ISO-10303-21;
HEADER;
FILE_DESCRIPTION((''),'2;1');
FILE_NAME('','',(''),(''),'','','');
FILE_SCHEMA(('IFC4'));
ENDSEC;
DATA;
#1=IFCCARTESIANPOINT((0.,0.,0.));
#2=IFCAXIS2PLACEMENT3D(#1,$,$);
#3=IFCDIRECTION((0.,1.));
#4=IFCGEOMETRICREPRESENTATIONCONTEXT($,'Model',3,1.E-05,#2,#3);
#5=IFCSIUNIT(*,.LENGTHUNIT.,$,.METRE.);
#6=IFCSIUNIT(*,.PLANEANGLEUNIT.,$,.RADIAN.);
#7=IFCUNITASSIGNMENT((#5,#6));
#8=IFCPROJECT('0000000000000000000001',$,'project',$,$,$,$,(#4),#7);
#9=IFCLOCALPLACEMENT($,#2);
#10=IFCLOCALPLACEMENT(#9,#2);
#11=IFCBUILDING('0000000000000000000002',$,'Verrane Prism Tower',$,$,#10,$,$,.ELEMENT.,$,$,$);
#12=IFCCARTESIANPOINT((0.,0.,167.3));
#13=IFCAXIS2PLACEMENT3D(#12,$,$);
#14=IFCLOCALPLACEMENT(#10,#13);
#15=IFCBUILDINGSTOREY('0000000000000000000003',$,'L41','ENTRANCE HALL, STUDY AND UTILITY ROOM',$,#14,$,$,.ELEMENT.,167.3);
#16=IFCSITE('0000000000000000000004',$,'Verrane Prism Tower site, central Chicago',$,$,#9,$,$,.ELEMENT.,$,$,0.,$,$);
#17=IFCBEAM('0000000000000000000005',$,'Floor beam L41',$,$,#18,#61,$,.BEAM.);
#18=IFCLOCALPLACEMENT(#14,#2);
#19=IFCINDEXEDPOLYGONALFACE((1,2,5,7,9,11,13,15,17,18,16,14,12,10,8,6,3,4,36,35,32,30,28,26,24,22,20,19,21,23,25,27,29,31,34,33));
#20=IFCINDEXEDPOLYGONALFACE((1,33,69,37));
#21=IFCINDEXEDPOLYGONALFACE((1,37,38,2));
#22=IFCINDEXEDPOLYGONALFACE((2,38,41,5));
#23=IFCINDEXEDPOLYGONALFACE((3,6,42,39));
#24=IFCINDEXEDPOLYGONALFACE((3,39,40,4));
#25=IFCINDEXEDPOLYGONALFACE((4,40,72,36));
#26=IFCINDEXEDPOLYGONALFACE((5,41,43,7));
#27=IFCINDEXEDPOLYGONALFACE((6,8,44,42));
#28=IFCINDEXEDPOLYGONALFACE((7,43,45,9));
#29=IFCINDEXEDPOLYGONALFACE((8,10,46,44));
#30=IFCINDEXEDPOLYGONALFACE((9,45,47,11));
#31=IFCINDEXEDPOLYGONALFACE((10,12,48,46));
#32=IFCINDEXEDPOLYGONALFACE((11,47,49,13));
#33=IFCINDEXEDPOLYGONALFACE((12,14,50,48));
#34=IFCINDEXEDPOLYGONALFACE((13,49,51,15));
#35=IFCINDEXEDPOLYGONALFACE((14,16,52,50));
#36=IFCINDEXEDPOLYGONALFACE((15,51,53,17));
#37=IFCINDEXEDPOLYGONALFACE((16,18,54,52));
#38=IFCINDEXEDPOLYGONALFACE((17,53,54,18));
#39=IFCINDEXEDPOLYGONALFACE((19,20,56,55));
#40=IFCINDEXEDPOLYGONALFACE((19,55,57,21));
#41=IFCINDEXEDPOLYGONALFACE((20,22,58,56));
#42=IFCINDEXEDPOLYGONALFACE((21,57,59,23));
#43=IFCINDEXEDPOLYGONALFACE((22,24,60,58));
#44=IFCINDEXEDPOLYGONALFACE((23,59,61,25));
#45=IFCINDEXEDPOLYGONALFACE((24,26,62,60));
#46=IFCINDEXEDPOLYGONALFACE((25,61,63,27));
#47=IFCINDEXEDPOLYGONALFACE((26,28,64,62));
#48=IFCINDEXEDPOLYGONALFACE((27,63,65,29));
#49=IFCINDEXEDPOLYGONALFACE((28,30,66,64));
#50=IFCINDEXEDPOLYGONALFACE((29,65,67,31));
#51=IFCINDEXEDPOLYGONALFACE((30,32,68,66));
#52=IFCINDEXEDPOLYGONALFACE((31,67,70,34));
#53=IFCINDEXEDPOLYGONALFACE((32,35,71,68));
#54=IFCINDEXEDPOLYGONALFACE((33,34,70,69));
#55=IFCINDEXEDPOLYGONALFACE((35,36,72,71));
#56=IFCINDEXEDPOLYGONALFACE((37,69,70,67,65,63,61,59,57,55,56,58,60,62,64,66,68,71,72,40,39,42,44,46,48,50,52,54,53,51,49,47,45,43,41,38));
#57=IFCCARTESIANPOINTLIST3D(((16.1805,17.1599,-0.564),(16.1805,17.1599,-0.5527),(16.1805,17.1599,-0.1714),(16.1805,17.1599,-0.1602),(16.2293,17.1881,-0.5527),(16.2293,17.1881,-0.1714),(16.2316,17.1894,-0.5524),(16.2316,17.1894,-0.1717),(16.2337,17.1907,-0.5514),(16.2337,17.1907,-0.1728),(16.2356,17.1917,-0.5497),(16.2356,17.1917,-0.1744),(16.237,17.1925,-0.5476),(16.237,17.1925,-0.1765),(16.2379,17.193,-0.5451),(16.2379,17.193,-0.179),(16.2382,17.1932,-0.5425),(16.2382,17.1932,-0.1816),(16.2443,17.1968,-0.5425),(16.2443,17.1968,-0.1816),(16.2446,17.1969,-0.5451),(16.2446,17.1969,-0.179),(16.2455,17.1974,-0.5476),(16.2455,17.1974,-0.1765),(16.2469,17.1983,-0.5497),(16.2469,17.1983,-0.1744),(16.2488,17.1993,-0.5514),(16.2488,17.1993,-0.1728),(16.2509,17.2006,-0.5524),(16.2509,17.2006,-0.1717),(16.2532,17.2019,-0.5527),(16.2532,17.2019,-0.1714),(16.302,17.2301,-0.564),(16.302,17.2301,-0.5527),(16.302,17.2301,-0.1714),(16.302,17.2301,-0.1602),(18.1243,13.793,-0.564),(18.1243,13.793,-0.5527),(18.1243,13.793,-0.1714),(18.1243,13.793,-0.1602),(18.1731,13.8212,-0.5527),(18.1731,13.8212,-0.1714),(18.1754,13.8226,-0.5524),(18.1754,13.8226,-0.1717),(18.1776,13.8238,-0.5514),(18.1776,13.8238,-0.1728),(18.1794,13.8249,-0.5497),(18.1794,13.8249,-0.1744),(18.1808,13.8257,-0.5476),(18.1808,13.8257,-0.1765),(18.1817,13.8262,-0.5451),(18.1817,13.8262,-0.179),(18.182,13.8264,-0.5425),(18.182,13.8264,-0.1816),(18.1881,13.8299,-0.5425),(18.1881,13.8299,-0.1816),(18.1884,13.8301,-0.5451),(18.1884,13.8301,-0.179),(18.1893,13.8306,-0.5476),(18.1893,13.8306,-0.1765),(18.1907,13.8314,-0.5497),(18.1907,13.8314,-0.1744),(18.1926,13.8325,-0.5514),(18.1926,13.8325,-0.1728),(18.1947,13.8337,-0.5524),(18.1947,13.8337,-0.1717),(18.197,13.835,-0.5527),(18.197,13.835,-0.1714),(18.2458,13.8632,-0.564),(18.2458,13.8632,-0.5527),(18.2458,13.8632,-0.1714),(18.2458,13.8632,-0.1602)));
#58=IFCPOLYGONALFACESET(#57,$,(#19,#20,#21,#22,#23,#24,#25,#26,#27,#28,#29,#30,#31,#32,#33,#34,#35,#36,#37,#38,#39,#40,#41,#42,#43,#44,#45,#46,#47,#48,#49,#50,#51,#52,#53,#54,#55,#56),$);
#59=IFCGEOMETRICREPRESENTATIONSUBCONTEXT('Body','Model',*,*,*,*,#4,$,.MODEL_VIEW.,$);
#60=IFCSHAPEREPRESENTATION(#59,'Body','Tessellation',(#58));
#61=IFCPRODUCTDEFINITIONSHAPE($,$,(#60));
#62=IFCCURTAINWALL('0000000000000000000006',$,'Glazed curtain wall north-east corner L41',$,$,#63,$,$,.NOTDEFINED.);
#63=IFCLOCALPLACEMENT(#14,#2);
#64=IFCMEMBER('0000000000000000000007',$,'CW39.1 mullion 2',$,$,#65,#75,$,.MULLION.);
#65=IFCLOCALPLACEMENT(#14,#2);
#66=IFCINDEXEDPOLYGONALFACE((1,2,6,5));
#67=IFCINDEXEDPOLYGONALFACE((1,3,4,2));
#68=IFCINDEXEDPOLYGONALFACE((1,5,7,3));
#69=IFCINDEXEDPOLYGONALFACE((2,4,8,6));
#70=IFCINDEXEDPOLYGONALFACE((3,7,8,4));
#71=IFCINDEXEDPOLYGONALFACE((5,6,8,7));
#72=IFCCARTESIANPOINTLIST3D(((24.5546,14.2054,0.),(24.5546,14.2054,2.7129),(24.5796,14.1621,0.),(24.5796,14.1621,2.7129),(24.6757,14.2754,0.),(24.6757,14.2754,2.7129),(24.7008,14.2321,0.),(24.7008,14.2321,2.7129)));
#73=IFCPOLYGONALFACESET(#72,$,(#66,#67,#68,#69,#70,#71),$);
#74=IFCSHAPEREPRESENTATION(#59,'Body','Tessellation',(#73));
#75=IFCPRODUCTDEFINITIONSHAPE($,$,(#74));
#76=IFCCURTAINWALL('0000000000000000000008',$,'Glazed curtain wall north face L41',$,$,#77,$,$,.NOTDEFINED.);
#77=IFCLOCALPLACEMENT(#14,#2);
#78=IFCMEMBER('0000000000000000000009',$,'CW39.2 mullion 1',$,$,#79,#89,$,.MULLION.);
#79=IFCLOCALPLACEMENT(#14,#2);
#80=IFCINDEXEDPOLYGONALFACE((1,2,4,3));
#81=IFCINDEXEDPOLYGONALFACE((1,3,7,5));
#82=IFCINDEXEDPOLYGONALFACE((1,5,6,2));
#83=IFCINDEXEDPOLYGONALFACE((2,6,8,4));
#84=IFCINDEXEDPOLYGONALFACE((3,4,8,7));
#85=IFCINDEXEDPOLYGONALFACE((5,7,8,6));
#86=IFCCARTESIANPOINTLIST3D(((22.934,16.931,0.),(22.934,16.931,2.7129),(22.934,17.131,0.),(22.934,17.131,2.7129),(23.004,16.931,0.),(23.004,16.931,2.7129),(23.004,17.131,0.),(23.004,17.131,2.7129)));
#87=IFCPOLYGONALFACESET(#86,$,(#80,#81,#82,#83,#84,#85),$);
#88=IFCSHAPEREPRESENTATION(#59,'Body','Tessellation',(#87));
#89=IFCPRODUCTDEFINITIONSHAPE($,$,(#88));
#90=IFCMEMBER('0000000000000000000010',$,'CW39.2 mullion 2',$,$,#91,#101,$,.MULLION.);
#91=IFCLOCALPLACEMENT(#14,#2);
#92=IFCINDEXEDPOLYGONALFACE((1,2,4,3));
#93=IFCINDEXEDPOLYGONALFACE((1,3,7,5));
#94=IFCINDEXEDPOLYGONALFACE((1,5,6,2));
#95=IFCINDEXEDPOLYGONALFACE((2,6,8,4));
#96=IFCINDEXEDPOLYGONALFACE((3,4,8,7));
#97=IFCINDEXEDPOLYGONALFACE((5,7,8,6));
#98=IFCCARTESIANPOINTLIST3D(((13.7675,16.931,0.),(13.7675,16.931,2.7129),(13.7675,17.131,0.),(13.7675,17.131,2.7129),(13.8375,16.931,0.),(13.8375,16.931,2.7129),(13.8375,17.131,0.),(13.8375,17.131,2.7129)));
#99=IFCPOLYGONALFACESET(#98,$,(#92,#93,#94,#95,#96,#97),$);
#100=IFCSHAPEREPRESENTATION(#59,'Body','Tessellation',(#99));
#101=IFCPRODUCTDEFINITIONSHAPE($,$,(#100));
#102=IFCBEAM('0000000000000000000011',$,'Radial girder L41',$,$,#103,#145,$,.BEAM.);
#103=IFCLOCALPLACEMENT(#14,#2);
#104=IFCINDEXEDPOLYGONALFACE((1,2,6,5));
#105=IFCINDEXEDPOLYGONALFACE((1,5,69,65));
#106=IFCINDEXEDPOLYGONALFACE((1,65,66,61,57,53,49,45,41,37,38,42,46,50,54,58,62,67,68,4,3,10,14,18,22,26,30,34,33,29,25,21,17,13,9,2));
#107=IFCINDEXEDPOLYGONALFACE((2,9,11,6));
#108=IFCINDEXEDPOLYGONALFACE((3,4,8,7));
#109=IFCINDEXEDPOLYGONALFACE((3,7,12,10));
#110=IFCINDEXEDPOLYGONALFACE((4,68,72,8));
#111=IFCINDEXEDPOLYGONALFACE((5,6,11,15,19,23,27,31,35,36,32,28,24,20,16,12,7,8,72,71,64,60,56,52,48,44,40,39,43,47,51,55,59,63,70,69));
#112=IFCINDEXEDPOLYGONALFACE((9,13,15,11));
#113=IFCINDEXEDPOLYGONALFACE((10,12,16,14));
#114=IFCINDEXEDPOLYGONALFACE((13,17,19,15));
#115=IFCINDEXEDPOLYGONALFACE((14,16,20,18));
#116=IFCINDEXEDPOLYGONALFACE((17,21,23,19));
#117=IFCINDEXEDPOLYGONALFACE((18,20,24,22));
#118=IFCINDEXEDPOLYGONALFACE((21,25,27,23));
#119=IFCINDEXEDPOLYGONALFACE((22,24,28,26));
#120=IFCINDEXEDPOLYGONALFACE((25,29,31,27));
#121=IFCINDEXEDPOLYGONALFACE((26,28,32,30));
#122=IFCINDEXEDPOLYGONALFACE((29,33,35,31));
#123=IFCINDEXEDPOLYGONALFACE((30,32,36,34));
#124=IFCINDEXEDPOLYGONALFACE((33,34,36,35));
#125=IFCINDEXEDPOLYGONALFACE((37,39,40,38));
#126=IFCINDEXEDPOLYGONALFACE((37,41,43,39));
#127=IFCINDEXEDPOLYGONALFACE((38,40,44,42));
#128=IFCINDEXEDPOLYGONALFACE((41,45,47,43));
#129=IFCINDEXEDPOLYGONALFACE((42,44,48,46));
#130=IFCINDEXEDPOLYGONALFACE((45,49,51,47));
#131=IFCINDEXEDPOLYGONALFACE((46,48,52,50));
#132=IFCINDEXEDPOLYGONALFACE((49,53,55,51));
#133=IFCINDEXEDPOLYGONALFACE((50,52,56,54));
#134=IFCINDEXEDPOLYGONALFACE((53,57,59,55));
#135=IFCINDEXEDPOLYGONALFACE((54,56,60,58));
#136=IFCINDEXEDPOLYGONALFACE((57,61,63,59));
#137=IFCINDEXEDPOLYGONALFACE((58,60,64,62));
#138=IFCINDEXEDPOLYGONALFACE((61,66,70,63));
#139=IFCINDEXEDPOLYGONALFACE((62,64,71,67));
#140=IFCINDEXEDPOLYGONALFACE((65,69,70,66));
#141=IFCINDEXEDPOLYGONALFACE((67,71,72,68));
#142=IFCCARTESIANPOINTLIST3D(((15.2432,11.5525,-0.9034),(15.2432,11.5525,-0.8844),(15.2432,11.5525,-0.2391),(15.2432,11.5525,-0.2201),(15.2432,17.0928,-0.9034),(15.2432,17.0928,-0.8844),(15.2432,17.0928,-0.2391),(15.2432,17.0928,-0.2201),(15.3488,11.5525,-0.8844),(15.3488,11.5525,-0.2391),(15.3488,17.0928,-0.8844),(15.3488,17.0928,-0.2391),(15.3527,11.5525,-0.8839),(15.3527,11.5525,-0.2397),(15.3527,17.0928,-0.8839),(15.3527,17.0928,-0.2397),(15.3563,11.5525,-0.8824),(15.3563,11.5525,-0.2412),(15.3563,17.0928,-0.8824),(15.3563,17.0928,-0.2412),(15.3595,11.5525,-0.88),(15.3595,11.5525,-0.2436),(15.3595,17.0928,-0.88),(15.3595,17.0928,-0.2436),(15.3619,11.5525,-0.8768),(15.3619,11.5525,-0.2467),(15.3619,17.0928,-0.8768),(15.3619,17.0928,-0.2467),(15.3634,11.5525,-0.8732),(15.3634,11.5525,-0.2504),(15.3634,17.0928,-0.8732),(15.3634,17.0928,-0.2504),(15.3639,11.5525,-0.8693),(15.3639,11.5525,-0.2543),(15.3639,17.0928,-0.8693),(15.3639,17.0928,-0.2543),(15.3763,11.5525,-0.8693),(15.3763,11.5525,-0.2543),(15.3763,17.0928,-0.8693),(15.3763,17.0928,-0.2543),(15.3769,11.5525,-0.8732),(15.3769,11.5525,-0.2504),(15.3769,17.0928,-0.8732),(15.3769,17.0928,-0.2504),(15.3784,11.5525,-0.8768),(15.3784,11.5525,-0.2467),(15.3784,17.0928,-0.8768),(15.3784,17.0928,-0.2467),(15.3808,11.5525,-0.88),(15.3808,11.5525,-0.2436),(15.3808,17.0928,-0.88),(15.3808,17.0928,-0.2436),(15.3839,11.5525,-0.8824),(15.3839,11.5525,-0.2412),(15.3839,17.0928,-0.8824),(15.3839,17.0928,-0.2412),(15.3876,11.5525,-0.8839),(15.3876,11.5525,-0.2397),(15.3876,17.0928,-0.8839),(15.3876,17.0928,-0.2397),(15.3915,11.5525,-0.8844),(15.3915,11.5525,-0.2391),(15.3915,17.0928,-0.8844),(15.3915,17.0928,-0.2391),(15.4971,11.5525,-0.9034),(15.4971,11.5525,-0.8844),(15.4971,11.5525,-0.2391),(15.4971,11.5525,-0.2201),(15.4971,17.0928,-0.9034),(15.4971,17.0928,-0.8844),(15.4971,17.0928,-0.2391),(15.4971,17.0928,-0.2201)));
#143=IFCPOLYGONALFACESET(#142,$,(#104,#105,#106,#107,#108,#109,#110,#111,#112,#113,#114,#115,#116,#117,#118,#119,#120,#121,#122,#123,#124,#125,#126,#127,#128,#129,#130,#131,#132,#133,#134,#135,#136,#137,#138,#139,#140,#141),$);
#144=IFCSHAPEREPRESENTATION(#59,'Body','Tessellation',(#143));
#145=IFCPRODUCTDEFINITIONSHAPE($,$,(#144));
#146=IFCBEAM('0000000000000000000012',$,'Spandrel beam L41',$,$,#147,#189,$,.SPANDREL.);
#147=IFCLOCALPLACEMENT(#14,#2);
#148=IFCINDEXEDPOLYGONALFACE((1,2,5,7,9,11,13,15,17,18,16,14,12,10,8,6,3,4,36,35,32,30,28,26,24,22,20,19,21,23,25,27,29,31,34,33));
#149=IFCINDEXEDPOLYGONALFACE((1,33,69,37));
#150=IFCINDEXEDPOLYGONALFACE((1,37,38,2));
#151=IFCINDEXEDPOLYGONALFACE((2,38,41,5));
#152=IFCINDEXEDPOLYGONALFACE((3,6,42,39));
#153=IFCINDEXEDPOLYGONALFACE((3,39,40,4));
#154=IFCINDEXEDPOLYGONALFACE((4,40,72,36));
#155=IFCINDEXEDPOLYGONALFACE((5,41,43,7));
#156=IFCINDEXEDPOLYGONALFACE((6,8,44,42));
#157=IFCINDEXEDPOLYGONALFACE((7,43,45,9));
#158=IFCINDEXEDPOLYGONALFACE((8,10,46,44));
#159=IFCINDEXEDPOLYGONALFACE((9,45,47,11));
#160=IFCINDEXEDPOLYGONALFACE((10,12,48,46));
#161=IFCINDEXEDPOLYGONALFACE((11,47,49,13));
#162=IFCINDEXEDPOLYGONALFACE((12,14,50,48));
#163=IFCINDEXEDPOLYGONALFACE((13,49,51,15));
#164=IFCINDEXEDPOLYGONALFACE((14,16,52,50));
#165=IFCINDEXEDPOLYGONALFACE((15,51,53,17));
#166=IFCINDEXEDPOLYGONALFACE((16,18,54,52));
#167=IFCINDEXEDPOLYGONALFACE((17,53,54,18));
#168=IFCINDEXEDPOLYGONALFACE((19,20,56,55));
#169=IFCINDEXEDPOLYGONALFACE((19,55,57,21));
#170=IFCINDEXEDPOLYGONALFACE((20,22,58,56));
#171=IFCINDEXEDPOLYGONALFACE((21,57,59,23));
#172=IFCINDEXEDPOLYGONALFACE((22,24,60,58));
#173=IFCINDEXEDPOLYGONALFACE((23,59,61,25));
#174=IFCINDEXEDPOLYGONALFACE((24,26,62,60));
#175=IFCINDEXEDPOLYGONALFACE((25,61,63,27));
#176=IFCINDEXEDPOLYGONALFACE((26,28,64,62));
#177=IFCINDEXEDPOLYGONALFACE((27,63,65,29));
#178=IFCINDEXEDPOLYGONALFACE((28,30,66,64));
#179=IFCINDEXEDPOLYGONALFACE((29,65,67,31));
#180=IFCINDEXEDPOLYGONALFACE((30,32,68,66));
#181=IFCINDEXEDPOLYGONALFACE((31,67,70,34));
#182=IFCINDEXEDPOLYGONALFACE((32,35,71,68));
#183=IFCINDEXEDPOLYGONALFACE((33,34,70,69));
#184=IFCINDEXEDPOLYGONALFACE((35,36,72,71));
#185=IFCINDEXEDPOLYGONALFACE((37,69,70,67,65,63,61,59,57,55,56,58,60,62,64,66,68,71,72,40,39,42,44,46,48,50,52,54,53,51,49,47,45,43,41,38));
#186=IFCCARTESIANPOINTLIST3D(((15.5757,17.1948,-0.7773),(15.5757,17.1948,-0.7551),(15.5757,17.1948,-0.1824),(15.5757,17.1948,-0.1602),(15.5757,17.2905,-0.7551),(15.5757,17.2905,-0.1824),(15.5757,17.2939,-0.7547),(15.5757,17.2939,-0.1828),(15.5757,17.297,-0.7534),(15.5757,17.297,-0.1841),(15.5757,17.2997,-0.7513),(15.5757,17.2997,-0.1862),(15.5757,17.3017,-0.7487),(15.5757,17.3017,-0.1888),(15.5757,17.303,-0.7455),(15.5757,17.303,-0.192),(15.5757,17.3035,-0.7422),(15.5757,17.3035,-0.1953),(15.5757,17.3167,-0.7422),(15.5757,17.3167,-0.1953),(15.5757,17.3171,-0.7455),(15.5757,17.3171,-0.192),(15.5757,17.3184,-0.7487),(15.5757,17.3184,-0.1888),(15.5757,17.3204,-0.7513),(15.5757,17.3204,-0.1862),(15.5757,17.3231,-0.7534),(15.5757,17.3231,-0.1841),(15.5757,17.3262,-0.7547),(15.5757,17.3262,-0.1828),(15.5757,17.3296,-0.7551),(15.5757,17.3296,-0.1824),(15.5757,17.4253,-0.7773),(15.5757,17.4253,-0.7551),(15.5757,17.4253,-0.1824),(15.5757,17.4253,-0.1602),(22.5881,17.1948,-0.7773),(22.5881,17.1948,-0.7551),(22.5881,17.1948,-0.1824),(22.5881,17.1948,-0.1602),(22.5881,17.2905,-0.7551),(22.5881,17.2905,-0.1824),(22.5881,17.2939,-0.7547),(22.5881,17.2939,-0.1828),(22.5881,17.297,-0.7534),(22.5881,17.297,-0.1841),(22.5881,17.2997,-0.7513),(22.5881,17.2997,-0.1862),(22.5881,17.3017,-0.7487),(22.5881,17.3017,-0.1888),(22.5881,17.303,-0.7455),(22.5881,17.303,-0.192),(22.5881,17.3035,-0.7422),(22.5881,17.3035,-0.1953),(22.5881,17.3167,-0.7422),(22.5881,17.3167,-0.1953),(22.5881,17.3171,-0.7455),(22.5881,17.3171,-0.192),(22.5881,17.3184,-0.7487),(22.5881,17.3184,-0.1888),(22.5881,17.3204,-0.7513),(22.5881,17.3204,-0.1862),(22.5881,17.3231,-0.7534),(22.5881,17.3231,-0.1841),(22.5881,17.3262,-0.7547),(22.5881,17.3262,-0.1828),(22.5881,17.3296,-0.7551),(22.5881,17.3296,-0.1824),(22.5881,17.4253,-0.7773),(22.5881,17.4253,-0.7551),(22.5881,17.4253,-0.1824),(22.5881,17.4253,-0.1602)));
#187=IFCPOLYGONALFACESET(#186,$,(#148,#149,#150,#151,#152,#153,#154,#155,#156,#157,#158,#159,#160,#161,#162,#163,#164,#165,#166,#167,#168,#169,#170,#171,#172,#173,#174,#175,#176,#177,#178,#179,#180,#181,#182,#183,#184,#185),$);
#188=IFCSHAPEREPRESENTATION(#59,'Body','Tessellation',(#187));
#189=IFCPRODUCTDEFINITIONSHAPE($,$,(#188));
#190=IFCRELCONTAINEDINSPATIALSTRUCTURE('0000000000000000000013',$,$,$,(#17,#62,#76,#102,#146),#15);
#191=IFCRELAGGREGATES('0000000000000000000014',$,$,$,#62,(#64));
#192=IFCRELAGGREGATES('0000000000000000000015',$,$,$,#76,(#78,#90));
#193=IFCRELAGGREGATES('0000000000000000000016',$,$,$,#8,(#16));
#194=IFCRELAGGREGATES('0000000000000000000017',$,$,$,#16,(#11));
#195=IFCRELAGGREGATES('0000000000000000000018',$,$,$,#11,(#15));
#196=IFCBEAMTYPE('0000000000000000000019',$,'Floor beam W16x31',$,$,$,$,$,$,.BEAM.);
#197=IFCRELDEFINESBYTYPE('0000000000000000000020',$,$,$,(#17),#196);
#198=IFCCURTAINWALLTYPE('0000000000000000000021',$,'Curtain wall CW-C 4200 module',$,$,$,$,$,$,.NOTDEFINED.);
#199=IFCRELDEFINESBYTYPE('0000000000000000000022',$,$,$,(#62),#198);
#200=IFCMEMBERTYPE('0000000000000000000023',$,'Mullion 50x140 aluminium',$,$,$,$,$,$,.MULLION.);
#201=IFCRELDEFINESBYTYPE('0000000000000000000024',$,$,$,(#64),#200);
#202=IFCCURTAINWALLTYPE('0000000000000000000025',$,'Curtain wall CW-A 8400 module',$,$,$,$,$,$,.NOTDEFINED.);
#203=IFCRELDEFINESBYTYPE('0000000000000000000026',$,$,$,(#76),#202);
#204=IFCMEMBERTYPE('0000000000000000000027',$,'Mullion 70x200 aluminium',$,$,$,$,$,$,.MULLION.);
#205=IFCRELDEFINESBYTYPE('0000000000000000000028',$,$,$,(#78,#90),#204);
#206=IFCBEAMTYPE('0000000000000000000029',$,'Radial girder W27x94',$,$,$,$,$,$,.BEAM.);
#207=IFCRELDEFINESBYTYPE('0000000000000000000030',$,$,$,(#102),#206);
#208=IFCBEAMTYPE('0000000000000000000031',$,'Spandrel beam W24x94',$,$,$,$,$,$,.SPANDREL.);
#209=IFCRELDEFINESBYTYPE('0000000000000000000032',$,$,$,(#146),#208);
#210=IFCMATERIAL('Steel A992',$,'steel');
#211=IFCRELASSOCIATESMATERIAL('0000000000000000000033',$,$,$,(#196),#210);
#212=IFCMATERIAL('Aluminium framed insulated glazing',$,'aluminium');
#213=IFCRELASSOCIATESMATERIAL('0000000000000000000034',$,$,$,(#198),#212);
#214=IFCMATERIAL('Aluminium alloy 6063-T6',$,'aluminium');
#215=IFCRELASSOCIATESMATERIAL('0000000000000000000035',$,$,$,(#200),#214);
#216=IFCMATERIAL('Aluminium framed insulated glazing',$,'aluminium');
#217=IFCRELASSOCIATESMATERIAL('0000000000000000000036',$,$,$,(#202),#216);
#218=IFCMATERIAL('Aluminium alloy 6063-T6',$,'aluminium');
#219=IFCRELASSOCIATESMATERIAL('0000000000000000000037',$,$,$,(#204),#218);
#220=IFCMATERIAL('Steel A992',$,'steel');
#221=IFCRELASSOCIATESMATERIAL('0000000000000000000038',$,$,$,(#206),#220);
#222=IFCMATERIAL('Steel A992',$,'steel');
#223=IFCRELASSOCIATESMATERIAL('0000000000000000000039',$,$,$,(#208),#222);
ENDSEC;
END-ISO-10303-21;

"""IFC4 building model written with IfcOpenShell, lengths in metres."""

from ifc_helpers import new_model, si_unit, direction, frame, origin, origin_2d, place, context, subcontext, project, spatial, rectangle, i_section, extrude, material, material_profile, profile_set, type_object, element, aggregate, save


model = new_model("IFC4")

# Units and contexts
model_context = context("Model", 3, precision=1e-05, world=origin(), true_north=direction((0.0, 1.0)))
body_context = subcontext(model_context, "Body", "Model", "MODEL_VIEW")
ifc_project = project(units=[si_unit("LENGTHUNIT", "METRE"), si_unit("PLANEANGLEUNIT", "RADIAN")], contexts=[model_context])

# Site, building, storey
site_placement = place(None, origin())
site = spatial("IfcSite", under=ifc_project, at=site_placement, Name="Verrane Prism Tower site, central Chicago", CompositionType="ELEMENT", RefElevation=0.0)
building_placement = place(site_placement, origin())
building = spatial("IfcBuilding", under=site, at=building_placement, Name="Verrane Prism Tower", CompositionType="ELEMENT")
storey_placement = place(building_placement, frame((0.0, 0.0, 167.3)))
storey = spatial("IfcBuildingStorey", under=building, at=storey_placement, Name="L41", Description="ENTRANCE HALL, STUDY AND UTILITY ROOM", CompositionType="ELEMENT", Elevation=167.3)

# Beam
ifc_material_1 = material(Name="Steel A992", Category="steel")
ifc_material_profile_1 = material_profile(ifc_material_1, i_section(OverallWidth=0.1404, OverallDepth=0.4038, WebThickness=0.0071, FlangeThickness=0.0112, FilletRadius=0.0103, at=origin_2d()), Name="W16x31")
ifc_profile_set_1 = profile_set([ifc_material_profile_1], Name="Steel A992")
beam_type_1 = type_object("IfcBeamType", Name="Floor beam W16x31", PredefinedType="BEAM", material=ifc_profile_set_1)
beam_1_placement = place(storey_placement, frame((18.1851, 13.8281, -0.3621), z_axis=(-0.499989, 0.866032, 0.0), x_axis=(-0.866032, -0.499989, 0.0)))
element("IfcBeam", 1, at=beam_1_placement, inside=storey, type_object=beam_type_1, Name="Floor beam L41", PredefinedType="BEAM", context=body_context, shape_type="SweptSolid", body=[
    extrude(i_section(OverallWidth=0.1404, OverallDepth=0.4038, WebThickness=0.0071, FlangeThickness=0.0112, FilletRadius=0.0103, at=origin_2d()), origin(), (0.0, 0.0, 1.0), 3.8877),
])

# Curtain wall, member
ifc_material_2 = material(Name="Aluminium framed insulated glazing", Category="aluminium")
curtain_wall_type_1 = type_object("IfcCurtainWallType", Name="Curtain wall CW-C 4200 module", PredefinedType="NOTDEFINED", material=ifc_material_2)
curtain_wall_1_placement = place(storey_placement, origin())
curtain_wall_1 = element("IfcCurtainWall", 2, at=curtain_wall_1_placement, inside=storey, type_object=curtain_wall_type_1, Name="Glazed curtain wall north-east corner L41", PredefinedType="NOTDEFINED")
ifc_material_3 = material(Name="Aluminium alloy 6063-T6", Category="aluminium")
ifc_material_profile_2 = material_profile(ifc_material_3, rectangle(XDim=0.1399, YDim=0.05, at=origin_2d()), Name="Mullion 50x140 aluminium")
ifc_profile_set_2 = profile_set([ifc_material_profile_2], Name="Aluminium alloy 6063-T6")
member_type_1 = type_object("IfcMemberType", Name="Mullion 50x140 aluminium", PredefinedType="MULLION", material=ifc_profile_set_2)
member_1_placement = place(storey_placement, frame((24.6277, 14.2188, 0.0), z_axis=(0.0, 0.0, 1.0), x_axis=(-0.866022, -0.500006, 0.0)))
member_1 = element("IfcMember", 3, at=member_1_placement, type_object=member_type_1, Name="CW39.1 mullion 2", PredefinedType="MULLION", context=body_context, shape_type="SweptSolid", body=[
    extrude(rectangle(XDim=0.1399, YDim=0.05, at=origin_2d()), origin(), (0.0, 0.0, 1.0), 2.7129),
])

# Curtain wall, members
ifc_material_4 = material(Name="Aluminium framed insulated glazing", Category="aluminium")
curtain_wall_type_2 = type_object("IfcCurtainWallType", Name="Curtain wall CW-A 8400 module", PredefinedType="NOTDEFINED", material=ifc_material_4)
curtain_wall_2_placement = place(storey_placement, origin())
curtain_wall_2 = element("IfcCurtainWall", 4, at=curtain_wall_2_placement, inside=storey, type_object=curtain_wall_type_2, Name="Glazed curtain wall north face L41", PredefinedType="NOTDEFINED")
ifc_material_5 = material(Name="Aluminium alloy 6063-T6", Category="aluminium")
ifc_material_profile_3 = material_profile(ifc_material_5, rectangle(XDim=0.2, YDim=0.0701, at=origin_2d()), Name="Mullion 70x200 aluminium")
ifc_profile_set_3 = profile_set([ifc_material_profile_3], Name="Aluminium alloy 6063-T6")
member_type_2 = type_object("IfcMemberType", Name="Mullion 70x200 aluminium", PredefinedType="MULLION", material=ifc_profile_set_3)
member_2_placement = place(storey_placement, frame((22.969, 17.031, 0.0), z_axis=(0.0, 0.0, 1.0), x_axis=(0.0, -1.0, 0.0)))
member_2 = element("IfcMember", 5, at=member_2_placement, type_object=member_type_2, Name="CW39.2 mullion 1", PredefinedType="MULLION", context=body_context, shape_type="SweptSolid", body=[
    extrude(rectangle(XDim=0.2, YDim=0.0701, at=origin_2d()), origin(), (0.0, 0.0, 1.0), 2.7129),
])
member_3_placement = place(storey_placement, frame((13.8025, 17.031, 0.0), z_axis=(0.0, 0.0, 1.0), x_axis=(0.0, -1.0, 0.0)))
member_3 = element("IfcMember", 6, at=member_3_placement, type_object=member_type_2, Name="CW39.2 mullion 2", PredefinedType="MULLION", context=body_context, shape_type="SweptSolid", body=[
    extrude(rectangle(XDim=0.2, YDim=0.0701, at=origin_2d()), origin(), (0.0, 0.0, 1.0), 2.7129),
])

# Beams
ifc_material_6 = material(Name="Steel A992", Category="steel")
ifc_material_profile_4 = material_profile(ifc_material_6, i_section(OverallWidth=0.2539, OverallDepth=0.6833, WebThickness=0.0125, FlangeThickness=0.019, FilletRadius=0.0151, at=origin_2d()), Name="W27x94")
ifc_profile_set_4 = profile_set([ifc_material_profile_4], Name="Steel A992")
beam_type_2 = type_object("IfcBeamType", Name="Radial girder W27x94", PredefinedType="BEAM", material=ifc_profile_set_4)
beam_2_placement = place(storey_placement, frame((15.3701, 17.0928, -0.5618), z_axis=(0.0, -1.0, 0.0), x_axis=(1.0, 0.0, 0.0)))
element("IfcBeam", 7, at=beam_2_placement, inside=storey, type_object=beam_type_2, Name="Radial girder L41", PredefinedType="BEAM", context=body_context, shape_type="SweptSolid", body=[
    extrude(i_section(OverallWidth=0.2539, OverallDepth=0.6833, WebThickness=0.0125, FlangeThickness=0.019, FilletRadius=0.0151, at=origin_2d()), origin(), (0.0, 0.0, 1.0), 5.5403),
])
ifc_material_7 = material(Name="Steel A992", Category="steel")
ifc_material_profile_5 = material_profile(ifc_material_7, i_section(OverallWidth=0.2305, OverallDepth=0.6172, WebThickness=0.0132, FlangeThickness=0.0222, FilletRadius=0.0129, at=origin_2d()), Name="W24x94")
ifc_profile_set_5 = profile_set([ifc_material_profile_5], Name="Steel A992")
beam_type_3 = type_object("IfcBeamType", Name="Spandrel beam W24x94", PredefinedType="SPANDREL", material=ifc_profile_set_5)
beam_3_placement = place(storey_placement, frame((22.5881, 17.3101, -0.4688), z_axis=(-1.0, 0.0, 0.0), x_axis=(0.0, -1.0, 0.0)))
element("IfcBeam", 8, at=beam_3_placement, inside=storey, type_object=beam_type_3, Name="Spandrel beam L41", PredefinedType="SPANDREL", context=body_context, shape_type="SweptSolid", body=[
    extrude(i_section(OverallWidth=0.2305, OverallDepth=0.6172, WebThickness=0.0132, FlangeThickness=0.0222, FilletRadius=0.0129, at=origin_2d()), origin(), (0.0, 0.0, 1.0), 7.0125),
])

aggregate(curtain_wall_1, [member_1])
aggregate(curtain_wall_2, [member_2, member_3])

save(model, "model.ifc")
